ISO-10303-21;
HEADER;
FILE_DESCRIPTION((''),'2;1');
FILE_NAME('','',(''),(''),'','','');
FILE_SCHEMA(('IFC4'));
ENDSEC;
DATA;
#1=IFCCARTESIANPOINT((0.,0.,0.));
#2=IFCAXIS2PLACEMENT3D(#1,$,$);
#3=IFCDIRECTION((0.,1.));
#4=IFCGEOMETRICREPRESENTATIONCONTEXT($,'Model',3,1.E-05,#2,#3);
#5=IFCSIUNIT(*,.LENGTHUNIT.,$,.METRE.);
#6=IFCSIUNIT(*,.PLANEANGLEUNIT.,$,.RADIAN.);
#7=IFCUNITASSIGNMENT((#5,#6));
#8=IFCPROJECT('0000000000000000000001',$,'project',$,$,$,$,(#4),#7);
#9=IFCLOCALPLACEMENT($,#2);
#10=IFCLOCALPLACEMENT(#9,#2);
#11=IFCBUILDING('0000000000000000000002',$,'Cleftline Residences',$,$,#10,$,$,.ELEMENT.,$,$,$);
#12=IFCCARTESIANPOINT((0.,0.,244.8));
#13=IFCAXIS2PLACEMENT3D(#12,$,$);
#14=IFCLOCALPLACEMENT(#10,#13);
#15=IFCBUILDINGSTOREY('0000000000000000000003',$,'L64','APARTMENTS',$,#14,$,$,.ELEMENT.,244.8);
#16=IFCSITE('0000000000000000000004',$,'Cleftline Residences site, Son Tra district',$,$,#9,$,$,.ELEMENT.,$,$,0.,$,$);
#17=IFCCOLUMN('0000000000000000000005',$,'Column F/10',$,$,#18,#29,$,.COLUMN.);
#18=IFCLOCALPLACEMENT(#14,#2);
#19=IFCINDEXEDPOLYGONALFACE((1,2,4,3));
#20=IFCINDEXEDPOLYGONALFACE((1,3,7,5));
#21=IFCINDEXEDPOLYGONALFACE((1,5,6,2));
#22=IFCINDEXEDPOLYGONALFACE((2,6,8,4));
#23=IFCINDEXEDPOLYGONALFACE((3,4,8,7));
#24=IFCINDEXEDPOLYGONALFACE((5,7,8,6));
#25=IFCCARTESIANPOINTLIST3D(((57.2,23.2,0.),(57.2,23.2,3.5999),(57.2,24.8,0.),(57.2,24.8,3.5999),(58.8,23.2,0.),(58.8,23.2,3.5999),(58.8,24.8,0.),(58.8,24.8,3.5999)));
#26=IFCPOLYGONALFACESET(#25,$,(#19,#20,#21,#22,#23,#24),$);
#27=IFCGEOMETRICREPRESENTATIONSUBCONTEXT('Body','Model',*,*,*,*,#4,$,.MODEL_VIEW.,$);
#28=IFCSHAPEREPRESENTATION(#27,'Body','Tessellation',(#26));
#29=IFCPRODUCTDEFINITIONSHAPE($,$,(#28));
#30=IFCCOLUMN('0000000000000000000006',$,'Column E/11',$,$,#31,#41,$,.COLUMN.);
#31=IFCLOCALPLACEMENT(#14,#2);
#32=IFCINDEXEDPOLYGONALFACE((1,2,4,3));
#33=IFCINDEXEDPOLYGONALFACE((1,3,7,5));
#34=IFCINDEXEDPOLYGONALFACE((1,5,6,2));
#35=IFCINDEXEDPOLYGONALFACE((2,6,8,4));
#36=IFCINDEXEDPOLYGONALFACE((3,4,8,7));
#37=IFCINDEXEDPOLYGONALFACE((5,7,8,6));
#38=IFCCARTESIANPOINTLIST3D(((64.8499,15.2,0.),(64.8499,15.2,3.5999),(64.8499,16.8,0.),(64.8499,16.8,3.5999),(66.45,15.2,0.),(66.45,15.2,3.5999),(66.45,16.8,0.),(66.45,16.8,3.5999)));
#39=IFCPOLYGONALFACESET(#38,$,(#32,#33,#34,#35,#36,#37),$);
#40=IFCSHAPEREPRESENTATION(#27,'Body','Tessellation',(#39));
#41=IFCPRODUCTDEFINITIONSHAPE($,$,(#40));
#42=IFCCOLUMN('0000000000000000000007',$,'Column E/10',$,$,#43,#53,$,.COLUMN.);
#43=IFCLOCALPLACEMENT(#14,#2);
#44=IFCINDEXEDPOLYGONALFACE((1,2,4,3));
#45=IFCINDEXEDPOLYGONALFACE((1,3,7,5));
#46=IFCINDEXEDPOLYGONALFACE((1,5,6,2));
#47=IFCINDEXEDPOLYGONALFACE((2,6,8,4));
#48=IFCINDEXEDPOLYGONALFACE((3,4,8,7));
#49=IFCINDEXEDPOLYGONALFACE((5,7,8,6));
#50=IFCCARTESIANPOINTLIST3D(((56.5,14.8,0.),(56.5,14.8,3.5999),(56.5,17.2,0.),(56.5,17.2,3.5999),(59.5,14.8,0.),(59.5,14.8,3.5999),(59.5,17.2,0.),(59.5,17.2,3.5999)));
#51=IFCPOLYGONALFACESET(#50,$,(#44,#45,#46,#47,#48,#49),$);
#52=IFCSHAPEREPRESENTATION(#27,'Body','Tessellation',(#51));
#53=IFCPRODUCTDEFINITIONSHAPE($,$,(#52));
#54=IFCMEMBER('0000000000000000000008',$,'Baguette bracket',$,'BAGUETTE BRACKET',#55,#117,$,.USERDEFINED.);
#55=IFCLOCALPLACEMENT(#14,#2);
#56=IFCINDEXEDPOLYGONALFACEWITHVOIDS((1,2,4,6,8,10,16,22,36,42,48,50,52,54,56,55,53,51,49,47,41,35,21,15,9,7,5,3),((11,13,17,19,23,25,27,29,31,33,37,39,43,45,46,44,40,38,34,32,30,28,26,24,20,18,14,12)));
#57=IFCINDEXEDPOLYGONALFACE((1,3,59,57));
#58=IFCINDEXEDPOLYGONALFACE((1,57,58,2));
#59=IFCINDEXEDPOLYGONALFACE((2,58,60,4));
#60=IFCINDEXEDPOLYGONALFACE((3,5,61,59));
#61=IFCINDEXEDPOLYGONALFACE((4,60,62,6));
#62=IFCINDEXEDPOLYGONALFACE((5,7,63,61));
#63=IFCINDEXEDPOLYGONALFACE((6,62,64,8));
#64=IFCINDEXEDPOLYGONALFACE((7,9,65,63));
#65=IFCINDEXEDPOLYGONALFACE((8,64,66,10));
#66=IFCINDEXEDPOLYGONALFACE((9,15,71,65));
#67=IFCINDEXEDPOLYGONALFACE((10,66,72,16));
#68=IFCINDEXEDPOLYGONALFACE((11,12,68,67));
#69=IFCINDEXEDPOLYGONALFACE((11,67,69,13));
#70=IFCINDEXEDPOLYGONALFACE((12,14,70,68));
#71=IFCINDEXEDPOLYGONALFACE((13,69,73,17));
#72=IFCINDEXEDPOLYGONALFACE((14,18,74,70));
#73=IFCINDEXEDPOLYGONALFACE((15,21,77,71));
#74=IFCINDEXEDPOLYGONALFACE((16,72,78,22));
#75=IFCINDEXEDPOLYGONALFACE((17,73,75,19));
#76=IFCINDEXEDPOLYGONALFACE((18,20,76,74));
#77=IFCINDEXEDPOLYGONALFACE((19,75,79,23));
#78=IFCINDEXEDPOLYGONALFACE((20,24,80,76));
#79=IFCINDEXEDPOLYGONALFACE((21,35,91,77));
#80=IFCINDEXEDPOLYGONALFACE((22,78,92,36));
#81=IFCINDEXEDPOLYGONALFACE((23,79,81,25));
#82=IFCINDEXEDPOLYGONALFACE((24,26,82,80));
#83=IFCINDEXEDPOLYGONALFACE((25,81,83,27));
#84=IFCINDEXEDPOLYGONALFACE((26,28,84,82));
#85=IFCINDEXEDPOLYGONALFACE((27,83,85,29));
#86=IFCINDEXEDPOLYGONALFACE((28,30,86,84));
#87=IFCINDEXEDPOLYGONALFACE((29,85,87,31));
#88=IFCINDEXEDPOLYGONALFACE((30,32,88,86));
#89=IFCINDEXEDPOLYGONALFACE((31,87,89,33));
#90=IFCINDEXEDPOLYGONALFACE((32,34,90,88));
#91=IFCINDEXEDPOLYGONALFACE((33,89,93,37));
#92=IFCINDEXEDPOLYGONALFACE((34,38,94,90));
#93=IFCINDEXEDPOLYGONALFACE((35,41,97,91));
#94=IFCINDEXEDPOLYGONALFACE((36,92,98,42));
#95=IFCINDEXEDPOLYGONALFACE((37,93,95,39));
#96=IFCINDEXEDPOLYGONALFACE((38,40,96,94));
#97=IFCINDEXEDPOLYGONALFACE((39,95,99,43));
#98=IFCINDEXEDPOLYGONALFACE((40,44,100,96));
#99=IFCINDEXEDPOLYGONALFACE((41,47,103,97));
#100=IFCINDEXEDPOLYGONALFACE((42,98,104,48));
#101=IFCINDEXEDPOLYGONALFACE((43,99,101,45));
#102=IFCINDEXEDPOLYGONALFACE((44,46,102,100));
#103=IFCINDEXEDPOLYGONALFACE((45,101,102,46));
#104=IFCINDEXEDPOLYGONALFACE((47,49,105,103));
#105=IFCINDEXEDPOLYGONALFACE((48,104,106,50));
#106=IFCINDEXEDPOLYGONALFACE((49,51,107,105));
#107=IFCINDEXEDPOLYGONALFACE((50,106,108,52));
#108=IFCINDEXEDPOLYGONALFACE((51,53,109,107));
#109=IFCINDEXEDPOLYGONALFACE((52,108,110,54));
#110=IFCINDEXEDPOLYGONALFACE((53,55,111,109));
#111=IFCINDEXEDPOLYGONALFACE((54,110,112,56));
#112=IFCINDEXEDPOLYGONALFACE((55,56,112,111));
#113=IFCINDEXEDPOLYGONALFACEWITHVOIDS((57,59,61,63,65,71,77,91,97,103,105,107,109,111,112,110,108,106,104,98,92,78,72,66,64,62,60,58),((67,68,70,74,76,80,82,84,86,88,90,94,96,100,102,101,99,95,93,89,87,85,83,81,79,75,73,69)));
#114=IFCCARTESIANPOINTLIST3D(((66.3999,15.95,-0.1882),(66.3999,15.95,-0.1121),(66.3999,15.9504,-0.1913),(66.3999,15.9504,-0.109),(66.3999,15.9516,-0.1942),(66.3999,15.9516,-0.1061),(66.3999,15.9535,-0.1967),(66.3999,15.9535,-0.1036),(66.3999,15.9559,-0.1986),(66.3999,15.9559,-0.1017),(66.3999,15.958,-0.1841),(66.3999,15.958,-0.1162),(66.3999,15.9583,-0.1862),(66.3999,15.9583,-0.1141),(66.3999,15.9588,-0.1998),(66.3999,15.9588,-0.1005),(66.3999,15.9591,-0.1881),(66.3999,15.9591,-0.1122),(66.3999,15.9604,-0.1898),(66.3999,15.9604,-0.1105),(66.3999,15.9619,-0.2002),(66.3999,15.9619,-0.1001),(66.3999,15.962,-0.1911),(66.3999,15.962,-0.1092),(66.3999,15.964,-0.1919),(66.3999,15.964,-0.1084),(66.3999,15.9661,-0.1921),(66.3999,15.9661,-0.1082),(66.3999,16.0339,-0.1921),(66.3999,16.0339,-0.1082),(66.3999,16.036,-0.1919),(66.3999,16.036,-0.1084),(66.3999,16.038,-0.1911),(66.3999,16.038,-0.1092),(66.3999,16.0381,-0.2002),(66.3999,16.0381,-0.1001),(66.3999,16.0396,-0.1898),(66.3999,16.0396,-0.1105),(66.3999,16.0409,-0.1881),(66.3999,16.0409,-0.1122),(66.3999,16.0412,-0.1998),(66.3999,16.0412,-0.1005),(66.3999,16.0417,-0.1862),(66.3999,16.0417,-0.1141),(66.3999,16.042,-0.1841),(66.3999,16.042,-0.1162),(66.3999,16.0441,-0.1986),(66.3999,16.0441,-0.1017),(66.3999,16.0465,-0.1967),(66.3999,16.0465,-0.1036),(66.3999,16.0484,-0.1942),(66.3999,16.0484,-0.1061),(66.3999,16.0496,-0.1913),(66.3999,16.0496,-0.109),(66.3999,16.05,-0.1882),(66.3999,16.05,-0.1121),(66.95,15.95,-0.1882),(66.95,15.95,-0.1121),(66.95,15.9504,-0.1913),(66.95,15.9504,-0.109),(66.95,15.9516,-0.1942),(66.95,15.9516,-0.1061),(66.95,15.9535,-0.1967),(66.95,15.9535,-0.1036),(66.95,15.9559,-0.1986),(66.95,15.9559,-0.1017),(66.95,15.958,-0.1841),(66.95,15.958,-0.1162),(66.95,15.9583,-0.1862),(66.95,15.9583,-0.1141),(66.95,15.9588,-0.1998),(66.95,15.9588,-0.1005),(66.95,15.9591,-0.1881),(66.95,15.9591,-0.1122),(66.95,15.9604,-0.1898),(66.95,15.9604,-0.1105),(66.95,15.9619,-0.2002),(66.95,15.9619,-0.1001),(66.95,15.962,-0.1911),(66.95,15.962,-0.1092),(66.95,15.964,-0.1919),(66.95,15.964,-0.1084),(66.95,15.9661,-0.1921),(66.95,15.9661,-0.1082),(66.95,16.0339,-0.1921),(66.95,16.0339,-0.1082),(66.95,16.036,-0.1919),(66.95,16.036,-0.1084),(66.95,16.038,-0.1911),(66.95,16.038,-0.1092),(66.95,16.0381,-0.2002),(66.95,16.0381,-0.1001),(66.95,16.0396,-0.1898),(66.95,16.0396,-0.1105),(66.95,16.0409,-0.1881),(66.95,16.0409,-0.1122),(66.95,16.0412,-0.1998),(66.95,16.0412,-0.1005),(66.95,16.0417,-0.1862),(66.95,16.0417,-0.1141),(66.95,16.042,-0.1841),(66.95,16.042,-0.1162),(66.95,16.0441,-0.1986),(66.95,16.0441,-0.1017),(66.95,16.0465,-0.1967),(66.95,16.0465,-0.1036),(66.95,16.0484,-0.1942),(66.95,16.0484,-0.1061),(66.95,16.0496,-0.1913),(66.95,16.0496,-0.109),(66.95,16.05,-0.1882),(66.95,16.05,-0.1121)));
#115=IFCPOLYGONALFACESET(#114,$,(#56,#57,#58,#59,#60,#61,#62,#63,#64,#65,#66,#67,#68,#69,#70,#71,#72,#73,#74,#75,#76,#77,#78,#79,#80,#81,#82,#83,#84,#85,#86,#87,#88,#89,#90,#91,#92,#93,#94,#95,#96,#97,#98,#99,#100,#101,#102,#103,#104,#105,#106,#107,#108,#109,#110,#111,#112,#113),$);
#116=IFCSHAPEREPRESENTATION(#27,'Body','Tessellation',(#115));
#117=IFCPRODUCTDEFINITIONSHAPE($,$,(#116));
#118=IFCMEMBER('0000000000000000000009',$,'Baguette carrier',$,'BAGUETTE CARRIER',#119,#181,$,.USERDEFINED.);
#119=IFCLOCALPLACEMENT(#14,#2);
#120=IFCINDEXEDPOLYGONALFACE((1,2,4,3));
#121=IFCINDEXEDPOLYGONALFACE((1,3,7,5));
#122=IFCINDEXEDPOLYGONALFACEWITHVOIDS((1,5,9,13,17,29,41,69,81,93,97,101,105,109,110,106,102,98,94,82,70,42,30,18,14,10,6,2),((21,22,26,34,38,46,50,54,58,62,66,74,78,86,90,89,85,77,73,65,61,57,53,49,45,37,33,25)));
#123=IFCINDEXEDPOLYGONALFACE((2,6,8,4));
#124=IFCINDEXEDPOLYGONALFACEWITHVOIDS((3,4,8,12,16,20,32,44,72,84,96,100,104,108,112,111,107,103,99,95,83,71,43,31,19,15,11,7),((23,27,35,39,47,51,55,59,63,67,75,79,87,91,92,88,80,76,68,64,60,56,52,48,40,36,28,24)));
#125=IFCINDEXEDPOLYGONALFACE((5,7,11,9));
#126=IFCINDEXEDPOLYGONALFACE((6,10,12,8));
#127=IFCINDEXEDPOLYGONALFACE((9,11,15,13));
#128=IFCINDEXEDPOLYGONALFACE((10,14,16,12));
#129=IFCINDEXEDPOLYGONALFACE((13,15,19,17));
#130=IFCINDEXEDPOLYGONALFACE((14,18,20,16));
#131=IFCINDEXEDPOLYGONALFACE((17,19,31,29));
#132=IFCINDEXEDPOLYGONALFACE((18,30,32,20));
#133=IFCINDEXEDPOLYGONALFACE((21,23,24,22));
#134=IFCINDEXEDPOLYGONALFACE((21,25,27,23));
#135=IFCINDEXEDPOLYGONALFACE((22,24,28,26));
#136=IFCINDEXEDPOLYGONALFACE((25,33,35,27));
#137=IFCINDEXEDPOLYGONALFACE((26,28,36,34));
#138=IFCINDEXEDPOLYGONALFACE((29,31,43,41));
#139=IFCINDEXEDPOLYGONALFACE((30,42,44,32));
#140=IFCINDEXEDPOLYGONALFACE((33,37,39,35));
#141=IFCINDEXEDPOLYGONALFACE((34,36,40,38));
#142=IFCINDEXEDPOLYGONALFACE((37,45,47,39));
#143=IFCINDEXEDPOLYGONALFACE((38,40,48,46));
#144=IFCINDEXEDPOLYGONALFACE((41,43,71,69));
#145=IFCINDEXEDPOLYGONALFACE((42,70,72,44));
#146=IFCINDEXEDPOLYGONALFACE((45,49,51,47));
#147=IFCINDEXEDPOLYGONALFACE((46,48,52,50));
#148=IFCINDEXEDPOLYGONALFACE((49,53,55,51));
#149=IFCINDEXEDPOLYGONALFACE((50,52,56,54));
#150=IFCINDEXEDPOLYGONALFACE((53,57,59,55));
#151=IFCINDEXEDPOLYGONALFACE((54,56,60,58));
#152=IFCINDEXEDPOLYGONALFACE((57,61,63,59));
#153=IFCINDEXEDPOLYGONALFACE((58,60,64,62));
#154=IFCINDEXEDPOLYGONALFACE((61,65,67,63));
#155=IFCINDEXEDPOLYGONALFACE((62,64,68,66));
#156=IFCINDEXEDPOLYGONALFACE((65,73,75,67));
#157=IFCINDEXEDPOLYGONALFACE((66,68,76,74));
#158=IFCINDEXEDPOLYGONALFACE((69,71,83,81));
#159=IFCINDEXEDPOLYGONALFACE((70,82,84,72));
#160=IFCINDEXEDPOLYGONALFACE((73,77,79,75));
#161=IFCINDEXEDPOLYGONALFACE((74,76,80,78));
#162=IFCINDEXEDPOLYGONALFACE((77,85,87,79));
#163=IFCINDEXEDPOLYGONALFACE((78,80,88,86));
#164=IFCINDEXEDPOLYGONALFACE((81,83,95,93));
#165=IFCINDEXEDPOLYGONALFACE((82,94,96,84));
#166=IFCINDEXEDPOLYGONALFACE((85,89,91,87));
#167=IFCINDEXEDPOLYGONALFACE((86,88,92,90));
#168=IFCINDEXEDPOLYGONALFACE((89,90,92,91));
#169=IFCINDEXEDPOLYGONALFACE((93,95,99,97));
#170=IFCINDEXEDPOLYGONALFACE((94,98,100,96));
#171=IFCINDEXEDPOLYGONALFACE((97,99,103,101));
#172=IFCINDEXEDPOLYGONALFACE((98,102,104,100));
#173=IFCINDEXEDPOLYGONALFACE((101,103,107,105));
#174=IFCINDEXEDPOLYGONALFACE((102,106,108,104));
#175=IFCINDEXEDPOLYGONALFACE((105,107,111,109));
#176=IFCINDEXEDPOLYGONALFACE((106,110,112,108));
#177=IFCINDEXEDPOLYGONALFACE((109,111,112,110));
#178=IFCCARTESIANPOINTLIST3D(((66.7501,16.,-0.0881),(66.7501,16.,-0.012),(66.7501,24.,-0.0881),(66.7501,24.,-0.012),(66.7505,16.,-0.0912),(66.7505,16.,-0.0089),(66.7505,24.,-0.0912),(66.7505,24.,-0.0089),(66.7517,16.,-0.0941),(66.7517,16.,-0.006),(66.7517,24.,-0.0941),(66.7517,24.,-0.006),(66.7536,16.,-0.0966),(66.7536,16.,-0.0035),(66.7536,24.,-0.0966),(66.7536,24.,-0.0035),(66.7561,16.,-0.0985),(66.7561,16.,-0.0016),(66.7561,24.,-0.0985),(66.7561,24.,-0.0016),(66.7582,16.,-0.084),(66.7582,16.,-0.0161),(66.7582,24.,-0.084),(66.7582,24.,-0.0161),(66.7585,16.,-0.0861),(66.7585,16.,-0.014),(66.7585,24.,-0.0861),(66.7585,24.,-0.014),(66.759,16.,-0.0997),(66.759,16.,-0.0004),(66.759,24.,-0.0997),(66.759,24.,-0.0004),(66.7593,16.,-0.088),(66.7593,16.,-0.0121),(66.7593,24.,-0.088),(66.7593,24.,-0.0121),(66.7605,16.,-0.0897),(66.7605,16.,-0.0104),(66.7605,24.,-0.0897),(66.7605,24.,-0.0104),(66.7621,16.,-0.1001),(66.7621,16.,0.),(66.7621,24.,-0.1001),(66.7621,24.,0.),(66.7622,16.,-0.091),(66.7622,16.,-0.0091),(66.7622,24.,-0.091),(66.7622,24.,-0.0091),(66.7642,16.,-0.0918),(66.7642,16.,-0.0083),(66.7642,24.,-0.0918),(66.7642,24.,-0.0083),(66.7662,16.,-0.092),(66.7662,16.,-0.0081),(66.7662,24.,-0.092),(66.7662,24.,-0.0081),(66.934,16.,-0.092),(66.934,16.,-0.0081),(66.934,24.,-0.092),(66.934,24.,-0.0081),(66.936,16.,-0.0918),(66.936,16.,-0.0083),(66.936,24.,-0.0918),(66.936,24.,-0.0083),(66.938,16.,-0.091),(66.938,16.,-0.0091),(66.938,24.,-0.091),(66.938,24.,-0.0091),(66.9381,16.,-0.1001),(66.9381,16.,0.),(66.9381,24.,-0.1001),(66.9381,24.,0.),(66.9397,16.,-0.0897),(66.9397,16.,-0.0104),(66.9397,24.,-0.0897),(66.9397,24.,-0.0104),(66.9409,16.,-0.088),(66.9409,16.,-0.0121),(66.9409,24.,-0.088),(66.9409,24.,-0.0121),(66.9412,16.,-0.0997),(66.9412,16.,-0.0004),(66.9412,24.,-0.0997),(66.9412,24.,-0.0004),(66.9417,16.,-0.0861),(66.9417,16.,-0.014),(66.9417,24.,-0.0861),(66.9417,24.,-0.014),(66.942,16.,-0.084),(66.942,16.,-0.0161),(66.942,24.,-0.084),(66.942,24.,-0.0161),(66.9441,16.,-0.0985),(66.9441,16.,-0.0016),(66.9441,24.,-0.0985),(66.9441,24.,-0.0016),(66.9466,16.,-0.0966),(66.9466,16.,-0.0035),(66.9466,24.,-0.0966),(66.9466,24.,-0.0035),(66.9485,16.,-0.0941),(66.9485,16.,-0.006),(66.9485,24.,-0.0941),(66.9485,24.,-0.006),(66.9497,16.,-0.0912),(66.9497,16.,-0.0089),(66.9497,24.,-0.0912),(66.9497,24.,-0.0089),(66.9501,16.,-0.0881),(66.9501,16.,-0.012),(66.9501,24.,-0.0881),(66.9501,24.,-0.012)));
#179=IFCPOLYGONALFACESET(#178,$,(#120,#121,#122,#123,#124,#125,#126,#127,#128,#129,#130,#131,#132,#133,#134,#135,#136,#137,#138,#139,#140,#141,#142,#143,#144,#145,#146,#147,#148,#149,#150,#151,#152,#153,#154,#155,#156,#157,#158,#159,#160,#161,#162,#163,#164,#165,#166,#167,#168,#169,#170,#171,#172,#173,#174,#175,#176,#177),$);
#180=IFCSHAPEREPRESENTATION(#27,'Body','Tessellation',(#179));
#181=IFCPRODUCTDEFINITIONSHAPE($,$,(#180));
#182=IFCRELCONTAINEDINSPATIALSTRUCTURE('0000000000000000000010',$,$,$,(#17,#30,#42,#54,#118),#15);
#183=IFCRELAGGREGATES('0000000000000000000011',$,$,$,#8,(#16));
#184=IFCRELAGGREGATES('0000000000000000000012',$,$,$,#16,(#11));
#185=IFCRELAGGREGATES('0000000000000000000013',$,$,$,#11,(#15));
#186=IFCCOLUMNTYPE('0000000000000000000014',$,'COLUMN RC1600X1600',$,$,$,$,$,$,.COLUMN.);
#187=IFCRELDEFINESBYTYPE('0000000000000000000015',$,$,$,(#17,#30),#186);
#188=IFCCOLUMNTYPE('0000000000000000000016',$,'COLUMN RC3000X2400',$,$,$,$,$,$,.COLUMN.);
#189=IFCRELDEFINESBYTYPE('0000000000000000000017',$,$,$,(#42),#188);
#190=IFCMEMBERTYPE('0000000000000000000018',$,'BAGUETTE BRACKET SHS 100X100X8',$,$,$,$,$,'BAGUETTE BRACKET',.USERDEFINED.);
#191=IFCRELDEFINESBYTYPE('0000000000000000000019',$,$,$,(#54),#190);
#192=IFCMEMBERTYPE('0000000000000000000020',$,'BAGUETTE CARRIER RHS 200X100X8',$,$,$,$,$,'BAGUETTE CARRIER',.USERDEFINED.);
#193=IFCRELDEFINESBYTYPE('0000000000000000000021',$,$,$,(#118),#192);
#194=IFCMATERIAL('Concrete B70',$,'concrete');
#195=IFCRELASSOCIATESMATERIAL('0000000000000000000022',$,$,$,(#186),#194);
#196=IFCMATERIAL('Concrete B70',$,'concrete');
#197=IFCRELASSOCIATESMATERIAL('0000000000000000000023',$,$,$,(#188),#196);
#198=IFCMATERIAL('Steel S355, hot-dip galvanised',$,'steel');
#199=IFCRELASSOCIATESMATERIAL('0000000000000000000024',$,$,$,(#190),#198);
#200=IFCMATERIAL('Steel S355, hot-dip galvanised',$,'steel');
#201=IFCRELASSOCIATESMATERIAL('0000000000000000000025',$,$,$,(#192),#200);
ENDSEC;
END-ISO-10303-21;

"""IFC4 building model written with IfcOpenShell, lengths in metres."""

from ifc_helpers import new_model, si_unit, direction, frame, origin, origin_2d, place, context, subcontext, project, spatial, rectangle, hollow_rectangle, extrude, material, material_profile, profile_set, type_object, element, save


model = new_model("IFC4")

# Units and contexts
model_context = context("Model", 3, precision=1e-05, world=origin(), true_north=direction((0.0, 1.0)))
body_context = subcontext(model_context, "Body", "Model", "MODEL_VIEW")
ifc_project = project(units=[si_unit("LENGTHUNIT", "METRE"), si_unit("PLANEANGLEUNIT", "RADIAN")], contexts=[model_context])

# Site, building, storey
site_placement = place(None, origin())
site = spatial("IfcSite", under=ifc_project, at=site_placement, Name="Cleftline Residences site, Son Tra district", CompositionType="ELEMENT", RefElevation=0.0)
building_placement = place(site_placement, origin())
building = spatial("IfcBuilding", under=site, at=building_placement, Name="Cleftline Residences", CompositionType="ELEMENT")
storey_placement = place(building_placement, frame((0.0, 0.0, 244.8)))
storey = spatial("IfcBuildingStorey", under=building, at=storey_placement, Name="L64", Description="APARTMENTS", CompositionType="ELEMENT", Elevation=244.8)

# Columns
ifc_material_1 = material(Name="Concrete B70", Category="concrete")
ifc_material_profile_1 = material_profile(ifc_material_1, rectangle(XDim=1.6001, YDim=1.6001, at=origin_2d()))
ifc_profile_set_1 = profile_set([ifc_material_profile_1], Name="Concrete B70")
column_type_1 = type_object("IfcColumnType", Name="COLUMN RC1600X1600", PredefinedType="COLUMN", material=ifc_profile_set_1)
for number, where, z_axis, x_axis, name in (
    (1, (58.0, 24.0, 0.0), (0.0, 0.0, 1.0), (1.0, 0.0, 0.0), "Column F/10"),
    (2, (65.6499, 16.0, 0.0), (0.0, 0.0, 1.0), (1.0, 0.0, 0.0), "Column E/11"),
):
    element("IfcColumn", number, at=place(storey_placement, frame(where, z_axis=z_axis, x_axis=x_axis)), inside=storey, type_object=column_type_1, Name=name, PredefinedType="COLUMN", context=body_context, shape_type="SweptSolid", body=[
        extrude(rectangle(XDim=1.6001, YDim=1.6001, at=origin_2d()), origin(), (0.0, 0.0, 1.0), 3.5999),
    ])
ifc_material_2 = material(Name="Concrete B70", Category="concrete")
ifc_material_profile_2 = material_profile(ifc_material_2, rectangle(XDim=3.0, YDim=2.3999, at=origin_2d()))
ifc_profile_set_2 = profile_set([ifc_material_profile_2], Name="Concrete B70")
column_type_2 = type_object("IfcColumnType", Name="COLUMN RC3000X2400", PredefinedType="COLUMN", material=ifc_profile_set_2)
column_placement = place(storey_placement, frame((58.0, 16.0, 0.0), z_axis=(0.0, 0.0, 1.0), x_axis=(1.0, 0.0, 0.0)))
element("IfcColumn", 3, at=column_placement, inside=storey, type_object=column_type_2, Name="Column E/10", PredefinedType="COLUMN", context=body_context, shape_type="SweptSolid", body=[
    extrude(rectangle(XDim=3.0, YDim=2.3999, at=origin_2d()), origin(), (0.0, 0.0, 1.0), 3.5999),
])

# Members
ifc_material_3 = material(Name="Steel S355, hot-dip galvanised", Category="steel")
ifc_material_profile_3 = material_profile(ifc_material_3, hollow_rectangle(XDim=0.1001, YDim=0.1001, WallThickness=0.0081, InnerFilletRadius=0.0081, OuterFilletRadius=0.012, at=origin_2d()))
ifc_profile_set_3 = profile_set([ifc_material_profile_3], Name="Steel S355, hot-dip galvanised")
member_type_1 = type_object("IfcMemberType", Name="BAGUETTE BRACKET SHS 100X100X8", ElementType="BAGUETTE BRACKET", PredefinedType="USERDEFINED", material=ifc_profile_set_3)
member_1_placement = place(storey_placement, frame((66.3999, 16.0, -0.1501), z_axis=(1.0, 0.0, 0.0), x_axis=(0.0, 1.0, 0.0)))
element("IfcMember", 4, at=member_1_placement, inside=storey, type_object=member_type_1, Name="Baguette bracket", ObjectType="BAGUETTE BRACKET", PredefinedType="USERDEFINED", context=body_context, shape_type="SweptSolid", body=[
    extrude(hollow_rectangle(XDim=0.1001, YDim=0.1001, WallThickness=0.0081, InnerFilletRadius=0.0081, OuterFilletRadius=0.012, at=origin_2d()), origin(), (0.0, 0.0, 1.0), 0.55),
])
ifc_material_4 = material(Name="Steel S355, hot-dip galvanised", Category="steel")
ifc_material_profile_4 = material_profile(ifc_material_4, hollow_rectangle(XDim=0.1001, YDim=0.2, WallThickness=0.0081, InnerFilletRadius=0.0081, OuterFilletRadius=0.012, at=origin_2d()))
ifc_profile_set_4 = profile_set([ifc_material_profile_4], Name="Steel S355, hot-dip galvanised")
member_type_2 = type_object("IfcMemberType", Name="BAGUETTE CARRIER RHS 200X100X8", ElementType="BAGUETTE CARRIER", PredefinedType="USERDEFINED", material=ifc_profile_set_4)
member_2_placement = place(storey_placement, frame((66.8501, 16.0, -0.05), z_axis=(0.0, 1.0, 0.0), x_axis=(0.0, 0.0, 1.0)))
element("IfcMember", 5, at=member_2_placement, inside=storey, type_object=member_type_2, Name="Baguette carrier", ObjectType="BAGUETTE CARRIER", PredefinedType="USERDEFINED", context=body_context, shape_type="SweptSolid", body=[
    extrude(hollow_rectangle(XDim=0.1001, YDim=0.2, WallThickness=0.0081, InnerFilletRadius=0.0081, OuterFilletRadius=0.012, at=origin_2d()), origin(), (0.0, 0.0, 1.0), 8.0),
])

save(model, "model.ifc")
